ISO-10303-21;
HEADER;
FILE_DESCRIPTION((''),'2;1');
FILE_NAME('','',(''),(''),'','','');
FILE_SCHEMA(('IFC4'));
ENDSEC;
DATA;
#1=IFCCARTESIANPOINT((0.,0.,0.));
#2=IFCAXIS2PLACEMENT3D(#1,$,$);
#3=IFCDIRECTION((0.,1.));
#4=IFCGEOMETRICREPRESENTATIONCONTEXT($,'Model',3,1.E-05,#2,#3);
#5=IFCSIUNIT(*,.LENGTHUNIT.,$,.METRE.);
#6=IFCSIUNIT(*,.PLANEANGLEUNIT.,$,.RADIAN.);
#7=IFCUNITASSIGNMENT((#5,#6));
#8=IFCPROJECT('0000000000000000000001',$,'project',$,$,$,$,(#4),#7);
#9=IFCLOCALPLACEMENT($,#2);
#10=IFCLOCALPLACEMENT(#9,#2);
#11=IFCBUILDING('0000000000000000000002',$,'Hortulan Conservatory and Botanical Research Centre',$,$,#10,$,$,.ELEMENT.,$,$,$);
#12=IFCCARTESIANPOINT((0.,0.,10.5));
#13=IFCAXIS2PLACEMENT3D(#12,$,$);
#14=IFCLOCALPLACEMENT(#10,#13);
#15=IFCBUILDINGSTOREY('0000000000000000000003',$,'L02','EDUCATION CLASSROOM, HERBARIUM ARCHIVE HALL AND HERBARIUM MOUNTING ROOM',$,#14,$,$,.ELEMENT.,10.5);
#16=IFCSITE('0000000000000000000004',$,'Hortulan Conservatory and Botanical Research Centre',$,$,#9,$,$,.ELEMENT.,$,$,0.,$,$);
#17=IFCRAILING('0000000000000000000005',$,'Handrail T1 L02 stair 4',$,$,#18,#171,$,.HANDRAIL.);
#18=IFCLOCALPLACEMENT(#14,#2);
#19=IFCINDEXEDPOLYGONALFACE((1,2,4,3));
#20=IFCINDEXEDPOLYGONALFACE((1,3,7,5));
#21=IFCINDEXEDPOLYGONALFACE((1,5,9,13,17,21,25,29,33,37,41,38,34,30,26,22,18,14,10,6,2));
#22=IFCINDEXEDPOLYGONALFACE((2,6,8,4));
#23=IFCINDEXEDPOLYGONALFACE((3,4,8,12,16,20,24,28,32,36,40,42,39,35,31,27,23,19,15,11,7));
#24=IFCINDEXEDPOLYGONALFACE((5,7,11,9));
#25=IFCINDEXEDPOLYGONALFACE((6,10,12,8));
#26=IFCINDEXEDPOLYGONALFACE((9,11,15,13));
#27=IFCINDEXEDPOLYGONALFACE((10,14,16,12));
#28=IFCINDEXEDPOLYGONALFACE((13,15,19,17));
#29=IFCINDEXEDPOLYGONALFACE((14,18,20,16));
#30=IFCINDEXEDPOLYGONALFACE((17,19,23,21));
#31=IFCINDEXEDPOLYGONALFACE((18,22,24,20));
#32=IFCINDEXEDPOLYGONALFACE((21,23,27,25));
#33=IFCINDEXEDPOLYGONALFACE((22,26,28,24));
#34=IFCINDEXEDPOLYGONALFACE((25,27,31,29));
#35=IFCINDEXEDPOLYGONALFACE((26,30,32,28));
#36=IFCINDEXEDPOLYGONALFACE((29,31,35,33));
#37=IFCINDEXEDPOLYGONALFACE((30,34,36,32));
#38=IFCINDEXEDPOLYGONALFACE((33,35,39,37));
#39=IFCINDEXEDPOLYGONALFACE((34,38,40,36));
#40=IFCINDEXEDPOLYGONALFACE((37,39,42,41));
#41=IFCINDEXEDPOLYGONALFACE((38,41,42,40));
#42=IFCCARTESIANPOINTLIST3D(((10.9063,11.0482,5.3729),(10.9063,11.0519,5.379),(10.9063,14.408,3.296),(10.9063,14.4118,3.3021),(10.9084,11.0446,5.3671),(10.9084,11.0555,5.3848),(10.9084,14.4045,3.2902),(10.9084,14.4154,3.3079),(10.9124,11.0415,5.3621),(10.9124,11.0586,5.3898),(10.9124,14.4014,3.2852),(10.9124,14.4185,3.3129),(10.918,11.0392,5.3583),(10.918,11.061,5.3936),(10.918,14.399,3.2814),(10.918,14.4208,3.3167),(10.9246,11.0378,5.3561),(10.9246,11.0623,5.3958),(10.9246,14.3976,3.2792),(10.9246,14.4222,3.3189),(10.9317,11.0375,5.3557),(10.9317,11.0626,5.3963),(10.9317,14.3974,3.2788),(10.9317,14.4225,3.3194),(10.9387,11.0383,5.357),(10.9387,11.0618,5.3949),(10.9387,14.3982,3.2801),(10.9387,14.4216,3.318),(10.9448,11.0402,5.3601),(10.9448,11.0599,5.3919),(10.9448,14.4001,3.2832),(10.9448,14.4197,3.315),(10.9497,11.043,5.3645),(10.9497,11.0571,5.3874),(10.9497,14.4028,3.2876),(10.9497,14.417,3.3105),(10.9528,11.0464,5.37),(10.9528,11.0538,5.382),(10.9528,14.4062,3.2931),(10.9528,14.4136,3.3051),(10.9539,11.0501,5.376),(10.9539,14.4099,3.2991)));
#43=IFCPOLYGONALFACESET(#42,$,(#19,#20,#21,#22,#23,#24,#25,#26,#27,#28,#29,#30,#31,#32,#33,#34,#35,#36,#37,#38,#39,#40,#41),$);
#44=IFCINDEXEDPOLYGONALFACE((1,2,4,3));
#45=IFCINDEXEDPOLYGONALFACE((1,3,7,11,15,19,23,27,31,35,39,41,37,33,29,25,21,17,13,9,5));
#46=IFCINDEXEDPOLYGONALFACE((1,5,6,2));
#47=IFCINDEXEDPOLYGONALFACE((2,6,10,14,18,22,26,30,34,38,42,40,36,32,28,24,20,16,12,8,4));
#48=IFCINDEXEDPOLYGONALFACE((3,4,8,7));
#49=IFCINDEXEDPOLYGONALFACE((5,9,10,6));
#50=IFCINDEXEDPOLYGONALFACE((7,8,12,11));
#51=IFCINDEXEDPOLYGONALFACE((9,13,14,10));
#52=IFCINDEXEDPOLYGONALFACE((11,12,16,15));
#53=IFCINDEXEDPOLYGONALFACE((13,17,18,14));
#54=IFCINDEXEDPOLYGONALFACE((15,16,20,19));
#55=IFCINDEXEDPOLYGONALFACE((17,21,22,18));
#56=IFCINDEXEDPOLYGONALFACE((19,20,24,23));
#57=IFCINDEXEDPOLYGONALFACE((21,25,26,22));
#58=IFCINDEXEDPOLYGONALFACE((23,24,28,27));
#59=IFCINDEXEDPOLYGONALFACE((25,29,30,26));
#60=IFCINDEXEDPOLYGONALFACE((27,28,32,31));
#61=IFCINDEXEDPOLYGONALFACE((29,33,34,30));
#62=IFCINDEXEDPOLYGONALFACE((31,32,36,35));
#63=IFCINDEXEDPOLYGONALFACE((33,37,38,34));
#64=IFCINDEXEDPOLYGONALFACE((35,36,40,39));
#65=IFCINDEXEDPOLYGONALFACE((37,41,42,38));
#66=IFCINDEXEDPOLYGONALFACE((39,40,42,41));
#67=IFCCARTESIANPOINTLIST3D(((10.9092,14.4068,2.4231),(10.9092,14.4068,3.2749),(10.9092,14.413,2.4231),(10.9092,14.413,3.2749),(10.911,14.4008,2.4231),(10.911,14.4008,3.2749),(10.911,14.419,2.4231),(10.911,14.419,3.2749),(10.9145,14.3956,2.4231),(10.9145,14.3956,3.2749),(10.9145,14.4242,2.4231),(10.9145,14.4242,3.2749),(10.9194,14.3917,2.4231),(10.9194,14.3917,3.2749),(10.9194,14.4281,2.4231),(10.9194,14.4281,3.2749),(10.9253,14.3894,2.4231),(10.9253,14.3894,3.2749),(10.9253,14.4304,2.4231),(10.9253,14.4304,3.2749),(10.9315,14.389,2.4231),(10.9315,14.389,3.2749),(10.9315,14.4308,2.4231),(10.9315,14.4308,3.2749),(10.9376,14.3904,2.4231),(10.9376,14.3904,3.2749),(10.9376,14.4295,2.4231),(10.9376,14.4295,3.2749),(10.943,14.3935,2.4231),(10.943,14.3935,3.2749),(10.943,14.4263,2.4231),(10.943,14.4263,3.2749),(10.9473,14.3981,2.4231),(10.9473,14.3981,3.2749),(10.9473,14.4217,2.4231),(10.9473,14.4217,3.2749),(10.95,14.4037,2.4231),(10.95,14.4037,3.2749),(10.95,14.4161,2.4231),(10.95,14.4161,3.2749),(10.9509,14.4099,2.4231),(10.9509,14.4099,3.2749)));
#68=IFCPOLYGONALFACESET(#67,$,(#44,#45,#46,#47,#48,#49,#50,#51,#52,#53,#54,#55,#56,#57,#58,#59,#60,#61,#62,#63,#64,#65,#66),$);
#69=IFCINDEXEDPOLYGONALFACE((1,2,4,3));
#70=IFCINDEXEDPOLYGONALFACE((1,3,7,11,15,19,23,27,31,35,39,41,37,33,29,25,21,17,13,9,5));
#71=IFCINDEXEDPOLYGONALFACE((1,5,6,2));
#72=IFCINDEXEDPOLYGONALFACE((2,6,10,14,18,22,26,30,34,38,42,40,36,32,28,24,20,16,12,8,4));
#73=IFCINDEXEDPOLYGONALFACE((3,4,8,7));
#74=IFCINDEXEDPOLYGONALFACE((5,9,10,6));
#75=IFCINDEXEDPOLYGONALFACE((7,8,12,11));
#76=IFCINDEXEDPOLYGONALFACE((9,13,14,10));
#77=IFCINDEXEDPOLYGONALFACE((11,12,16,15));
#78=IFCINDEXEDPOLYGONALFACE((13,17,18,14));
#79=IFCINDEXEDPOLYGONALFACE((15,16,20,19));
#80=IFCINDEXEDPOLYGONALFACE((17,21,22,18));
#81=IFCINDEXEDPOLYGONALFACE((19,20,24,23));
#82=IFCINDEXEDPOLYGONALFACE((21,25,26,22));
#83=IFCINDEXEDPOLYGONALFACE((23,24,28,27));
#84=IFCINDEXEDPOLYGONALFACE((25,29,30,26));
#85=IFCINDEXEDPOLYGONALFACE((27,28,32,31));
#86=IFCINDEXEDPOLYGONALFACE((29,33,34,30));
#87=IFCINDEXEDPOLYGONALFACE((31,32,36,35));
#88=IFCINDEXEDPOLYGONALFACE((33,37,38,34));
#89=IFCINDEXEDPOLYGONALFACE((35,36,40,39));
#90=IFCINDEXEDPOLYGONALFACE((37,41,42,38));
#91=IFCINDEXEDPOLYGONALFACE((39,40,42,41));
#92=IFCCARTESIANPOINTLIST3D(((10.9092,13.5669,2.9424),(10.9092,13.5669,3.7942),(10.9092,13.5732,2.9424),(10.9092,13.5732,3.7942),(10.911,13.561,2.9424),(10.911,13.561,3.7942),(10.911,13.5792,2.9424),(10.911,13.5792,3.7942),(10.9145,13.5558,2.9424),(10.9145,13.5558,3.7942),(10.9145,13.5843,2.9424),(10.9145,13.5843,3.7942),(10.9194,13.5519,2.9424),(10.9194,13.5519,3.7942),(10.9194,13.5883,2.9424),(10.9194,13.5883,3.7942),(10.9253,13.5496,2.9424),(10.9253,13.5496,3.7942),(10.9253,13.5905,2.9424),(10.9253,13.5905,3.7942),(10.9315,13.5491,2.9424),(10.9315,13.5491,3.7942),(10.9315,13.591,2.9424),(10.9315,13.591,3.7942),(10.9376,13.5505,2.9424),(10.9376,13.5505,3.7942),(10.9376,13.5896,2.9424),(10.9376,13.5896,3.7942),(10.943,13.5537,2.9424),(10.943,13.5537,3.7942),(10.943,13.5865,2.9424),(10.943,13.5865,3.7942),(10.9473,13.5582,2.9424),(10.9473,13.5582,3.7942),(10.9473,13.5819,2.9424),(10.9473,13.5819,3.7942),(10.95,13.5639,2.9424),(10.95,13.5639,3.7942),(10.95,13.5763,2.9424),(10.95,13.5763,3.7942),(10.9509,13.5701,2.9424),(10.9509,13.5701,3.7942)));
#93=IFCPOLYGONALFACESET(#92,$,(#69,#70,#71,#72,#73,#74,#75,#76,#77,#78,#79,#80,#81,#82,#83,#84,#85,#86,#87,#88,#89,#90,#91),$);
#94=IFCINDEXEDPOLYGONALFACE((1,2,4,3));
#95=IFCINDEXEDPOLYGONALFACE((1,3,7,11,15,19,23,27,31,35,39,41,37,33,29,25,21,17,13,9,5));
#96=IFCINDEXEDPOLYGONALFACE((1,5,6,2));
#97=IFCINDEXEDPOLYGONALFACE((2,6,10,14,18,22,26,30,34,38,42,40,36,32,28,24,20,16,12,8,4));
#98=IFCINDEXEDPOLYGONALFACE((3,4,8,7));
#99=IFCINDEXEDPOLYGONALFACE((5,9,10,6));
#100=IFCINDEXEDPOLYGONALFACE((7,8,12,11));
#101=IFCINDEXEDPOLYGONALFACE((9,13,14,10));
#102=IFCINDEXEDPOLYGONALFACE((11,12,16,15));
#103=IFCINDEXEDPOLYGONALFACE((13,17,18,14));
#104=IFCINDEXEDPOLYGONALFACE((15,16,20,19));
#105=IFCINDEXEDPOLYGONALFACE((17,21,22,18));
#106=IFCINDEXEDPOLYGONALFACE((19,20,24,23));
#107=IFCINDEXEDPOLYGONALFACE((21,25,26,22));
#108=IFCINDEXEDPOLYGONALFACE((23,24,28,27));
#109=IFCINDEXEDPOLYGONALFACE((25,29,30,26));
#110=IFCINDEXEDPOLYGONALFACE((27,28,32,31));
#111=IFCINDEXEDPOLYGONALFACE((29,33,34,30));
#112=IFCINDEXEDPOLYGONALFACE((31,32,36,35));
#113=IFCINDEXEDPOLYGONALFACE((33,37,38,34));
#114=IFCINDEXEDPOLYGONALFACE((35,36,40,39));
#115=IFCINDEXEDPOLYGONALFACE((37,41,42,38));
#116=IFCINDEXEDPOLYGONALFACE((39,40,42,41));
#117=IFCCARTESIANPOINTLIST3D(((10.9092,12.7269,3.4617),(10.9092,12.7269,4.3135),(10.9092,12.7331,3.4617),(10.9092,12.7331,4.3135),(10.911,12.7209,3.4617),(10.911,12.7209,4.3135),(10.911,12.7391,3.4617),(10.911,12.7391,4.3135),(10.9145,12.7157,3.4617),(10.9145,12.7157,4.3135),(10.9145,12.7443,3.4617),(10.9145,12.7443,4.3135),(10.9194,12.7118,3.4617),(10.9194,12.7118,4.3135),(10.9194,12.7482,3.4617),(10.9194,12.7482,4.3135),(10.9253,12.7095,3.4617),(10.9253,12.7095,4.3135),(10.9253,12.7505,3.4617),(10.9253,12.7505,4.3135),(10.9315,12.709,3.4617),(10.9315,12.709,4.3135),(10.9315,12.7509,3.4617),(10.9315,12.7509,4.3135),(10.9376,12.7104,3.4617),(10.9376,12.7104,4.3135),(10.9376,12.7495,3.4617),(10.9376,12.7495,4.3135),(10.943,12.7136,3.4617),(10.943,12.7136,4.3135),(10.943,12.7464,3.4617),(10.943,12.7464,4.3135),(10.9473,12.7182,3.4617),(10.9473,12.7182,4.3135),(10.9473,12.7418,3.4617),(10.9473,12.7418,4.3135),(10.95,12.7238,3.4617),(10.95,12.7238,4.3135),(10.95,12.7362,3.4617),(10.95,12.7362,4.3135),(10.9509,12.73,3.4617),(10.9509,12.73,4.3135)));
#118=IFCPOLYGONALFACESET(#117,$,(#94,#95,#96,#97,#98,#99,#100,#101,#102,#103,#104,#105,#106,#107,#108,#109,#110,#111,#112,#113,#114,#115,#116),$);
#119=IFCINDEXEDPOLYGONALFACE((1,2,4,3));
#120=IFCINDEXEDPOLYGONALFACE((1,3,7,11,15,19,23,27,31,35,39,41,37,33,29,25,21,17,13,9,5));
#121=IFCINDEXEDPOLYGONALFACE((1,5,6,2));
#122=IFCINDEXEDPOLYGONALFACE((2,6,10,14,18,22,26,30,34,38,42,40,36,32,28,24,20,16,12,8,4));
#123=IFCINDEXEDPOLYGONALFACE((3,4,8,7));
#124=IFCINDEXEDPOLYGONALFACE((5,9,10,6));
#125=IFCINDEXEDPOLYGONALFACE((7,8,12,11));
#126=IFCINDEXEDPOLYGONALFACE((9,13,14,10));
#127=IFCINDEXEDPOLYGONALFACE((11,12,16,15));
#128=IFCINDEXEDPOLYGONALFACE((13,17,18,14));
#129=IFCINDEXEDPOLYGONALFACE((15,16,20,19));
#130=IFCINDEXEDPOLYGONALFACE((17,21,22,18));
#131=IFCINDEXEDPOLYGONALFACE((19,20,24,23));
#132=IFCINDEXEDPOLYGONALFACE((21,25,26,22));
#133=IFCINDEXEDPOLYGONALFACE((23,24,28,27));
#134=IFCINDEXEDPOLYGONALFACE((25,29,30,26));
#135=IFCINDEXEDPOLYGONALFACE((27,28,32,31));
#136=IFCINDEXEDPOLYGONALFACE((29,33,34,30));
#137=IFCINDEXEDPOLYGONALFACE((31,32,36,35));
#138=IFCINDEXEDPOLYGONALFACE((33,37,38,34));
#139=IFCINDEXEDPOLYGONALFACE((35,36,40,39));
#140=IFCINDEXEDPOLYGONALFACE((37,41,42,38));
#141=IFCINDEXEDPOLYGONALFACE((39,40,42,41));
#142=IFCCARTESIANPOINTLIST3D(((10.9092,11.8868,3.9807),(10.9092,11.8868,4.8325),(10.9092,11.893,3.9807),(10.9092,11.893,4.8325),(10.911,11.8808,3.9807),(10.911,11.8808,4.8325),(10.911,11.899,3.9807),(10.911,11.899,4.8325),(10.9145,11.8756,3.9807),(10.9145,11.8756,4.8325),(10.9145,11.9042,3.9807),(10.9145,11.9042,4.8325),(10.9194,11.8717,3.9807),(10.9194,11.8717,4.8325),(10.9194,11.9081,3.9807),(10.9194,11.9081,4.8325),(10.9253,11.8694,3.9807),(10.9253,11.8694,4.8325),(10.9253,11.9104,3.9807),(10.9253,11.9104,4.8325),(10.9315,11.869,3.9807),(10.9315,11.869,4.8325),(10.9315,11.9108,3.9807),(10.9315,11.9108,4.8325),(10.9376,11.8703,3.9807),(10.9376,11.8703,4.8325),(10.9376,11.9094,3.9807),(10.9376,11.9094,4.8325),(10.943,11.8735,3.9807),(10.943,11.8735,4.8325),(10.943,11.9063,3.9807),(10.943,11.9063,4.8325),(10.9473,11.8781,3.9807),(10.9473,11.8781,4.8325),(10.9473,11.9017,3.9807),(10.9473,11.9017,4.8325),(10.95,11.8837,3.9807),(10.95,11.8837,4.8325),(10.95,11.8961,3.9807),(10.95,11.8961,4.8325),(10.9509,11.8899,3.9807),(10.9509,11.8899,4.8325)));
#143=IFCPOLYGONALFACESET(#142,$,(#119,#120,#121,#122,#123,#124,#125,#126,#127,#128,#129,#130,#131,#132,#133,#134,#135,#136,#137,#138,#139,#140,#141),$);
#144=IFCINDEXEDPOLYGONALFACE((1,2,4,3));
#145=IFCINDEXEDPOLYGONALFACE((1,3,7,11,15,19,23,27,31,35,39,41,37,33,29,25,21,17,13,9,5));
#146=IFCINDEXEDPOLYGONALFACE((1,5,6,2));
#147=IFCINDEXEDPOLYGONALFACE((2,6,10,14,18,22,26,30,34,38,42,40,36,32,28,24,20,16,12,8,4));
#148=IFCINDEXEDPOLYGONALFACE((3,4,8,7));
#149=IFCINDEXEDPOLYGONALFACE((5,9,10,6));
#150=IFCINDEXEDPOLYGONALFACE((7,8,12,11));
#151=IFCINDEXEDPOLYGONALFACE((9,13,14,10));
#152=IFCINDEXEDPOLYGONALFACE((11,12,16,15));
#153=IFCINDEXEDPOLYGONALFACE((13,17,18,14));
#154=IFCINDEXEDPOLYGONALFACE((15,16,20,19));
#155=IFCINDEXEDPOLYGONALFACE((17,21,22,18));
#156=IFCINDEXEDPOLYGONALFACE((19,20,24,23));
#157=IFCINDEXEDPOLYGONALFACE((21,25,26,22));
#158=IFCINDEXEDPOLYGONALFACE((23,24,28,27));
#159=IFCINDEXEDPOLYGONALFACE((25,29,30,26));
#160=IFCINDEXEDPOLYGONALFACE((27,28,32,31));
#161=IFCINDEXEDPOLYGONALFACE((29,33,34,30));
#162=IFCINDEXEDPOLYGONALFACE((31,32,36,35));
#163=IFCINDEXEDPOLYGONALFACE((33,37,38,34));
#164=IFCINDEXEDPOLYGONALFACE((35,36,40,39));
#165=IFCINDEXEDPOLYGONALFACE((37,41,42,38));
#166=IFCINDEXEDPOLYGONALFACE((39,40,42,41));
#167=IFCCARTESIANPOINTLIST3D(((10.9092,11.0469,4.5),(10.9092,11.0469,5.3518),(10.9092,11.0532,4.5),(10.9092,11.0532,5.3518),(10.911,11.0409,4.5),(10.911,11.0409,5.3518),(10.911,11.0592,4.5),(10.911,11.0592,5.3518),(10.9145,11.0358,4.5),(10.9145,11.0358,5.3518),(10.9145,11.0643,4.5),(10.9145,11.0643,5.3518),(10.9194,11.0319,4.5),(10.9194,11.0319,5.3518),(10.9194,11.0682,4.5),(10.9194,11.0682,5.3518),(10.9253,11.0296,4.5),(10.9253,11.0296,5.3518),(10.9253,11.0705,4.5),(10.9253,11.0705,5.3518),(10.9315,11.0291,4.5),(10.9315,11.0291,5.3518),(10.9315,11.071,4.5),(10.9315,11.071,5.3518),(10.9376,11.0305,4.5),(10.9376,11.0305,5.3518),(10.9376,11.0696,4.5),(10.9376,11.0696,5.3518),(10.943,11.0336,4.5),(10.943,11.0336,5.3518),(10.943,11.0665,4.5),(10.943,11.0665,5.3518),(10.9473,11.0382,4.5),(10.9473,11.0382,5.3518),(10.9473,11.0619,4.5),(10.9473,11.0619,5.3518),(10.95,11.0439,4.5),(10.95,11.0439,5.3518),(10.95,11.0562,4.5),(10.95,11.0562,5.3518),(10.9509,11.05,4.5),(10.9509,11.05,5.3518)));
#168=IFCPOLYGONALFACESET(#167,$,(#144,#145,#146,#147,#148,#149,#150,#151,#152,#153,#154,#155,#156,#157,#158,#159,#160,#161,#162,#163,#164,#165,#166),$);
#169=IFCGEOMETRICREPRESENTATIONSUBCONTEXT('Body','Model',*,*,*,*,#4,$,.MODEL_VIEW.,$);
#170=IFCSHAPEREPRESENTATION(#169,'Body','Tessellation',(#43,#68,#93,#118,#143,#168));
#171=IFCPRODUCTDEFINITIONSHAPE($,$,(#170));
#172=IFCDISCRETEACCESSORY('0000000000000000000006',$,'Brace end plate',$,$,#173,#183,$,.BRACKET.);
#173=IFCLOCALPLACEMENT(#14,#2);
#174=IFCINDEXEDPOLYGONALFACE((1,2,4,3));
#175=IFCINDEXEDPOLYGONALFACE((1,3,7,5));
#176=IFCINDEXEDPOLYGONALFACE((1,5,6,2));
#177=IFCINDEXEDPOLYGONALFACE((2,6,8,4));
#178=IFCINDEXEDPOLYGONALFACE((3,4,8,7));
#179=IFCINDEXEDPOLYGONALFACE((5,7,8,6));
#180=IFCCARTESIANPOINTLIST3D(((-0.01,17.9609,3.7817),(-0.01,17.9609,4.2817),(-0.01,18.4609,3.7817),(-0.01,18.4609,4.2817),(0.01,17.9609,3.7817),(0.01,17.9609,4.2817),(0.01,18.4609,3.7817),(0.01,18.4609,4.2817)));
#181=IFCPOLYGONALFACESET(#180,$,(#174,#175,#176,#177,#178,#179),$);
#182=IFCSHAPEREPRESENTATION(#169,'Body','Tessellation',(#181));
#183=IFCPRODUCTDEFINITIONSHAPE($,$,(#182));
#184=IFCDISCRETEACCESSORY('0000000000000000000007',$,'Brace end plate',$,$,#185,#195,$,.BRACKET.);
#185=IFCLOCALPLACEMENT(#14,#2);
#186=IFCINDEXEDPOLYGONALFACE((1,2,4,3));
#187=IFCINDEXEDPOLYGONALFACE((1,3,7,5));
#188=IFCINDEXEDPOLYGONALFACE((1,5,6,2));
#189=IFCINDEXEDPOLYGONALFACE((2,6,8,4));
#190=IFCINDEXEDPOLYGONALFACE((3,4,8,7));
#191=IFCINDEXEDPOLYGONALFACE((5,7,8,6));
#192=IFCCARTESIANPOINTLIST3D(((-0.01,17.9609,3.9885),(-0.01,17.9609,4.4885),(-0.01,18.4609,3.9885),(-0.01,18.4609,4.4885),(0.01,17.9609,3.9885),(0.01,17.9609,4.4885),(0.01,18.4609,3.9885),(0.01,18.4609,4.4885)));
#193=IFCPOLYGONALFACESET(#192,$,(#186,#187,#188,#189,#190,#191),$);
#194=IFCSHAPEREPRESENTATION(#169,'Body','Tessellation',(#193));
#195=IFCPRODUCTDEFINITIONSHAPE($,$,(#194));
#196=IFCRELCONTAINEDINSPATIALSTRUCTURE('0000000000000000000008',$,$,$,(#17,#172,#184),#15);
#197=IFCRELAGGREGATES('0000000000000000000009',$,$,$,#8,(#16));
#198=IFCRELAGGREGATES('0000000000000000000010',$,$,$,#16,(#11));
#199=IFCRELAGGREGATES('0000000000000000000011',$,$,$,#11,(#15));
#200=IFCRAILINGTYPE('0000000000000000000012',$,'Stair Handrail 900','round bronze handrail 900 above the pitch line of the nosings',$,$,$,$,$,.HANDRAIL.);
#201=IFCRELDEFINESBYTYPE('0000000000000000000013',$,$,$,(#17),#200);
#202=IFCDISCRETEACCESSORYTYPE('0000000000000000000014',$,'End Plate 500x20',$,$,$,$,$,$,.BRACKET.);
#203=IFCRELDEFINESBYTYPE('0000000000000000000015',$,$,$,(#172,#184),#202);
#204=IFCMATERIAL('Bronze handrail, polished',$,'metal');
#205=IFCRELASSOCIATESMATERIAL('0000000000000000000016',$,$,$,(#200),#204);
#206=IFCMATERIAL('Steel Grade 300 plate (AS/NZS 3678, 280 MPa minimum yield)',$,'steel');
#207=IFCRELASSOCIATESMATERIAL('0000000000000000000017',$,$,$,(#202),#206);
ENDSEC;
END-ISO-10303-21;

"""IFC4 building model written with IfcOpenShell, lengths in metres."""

from ifc_helpers import new_model, si_unit, direction, frame, origin, origin_2d, place, context, subcontext, project, spatial, rectangle, circle, extrude, material, type_object, element, save


model = new_model("IFC4")

# Units and contexts
model_context = context("Model", 3, precision=1e-05, world=origin(), true_north=direction((0.0, 1.0)))
body_context = subcontext(model_context, "Body", "Model", "MODEL_VIEW")
ifc_project = project(units=[si_unit("LENGTHUNIT", "METRE"), si_unit("PLANEANGLEUNIT", "RADIAN")], contexts=[model_context])

# Site, building, storey
site_placement = place(None, origin())
site = spatial("IfcSite", under=ifc_project, at=site_placement, Name="Hortulan Conservatory and Botanical Research Centre", CompositionType="ELEMENT", RefElevation=0.0)
building_placement = place(site_placement, origin())
building = spatial("IfcBuilding", under=site, at=building_placement, Name="Hortulan Conservatory and Botanical Research Centre", CompositionType="ELEMENT")
storey_placement = place(building_placement, frame((0.0, 0.0, 10.5)))
storey = spatial("IfcBuildingStorey", under=building, at=storey_placement, Name="L02", Description="EDUCATION CLASSROOM, HERBARIUM ARCHIVE HALL AND HERBARIUM MOUNTING ROOM", CompositionType="ELEMENT", Elevation=10.5)

# Railing
ifc_material_1 = material(Name="Bronze handrail, polished", Category="metal")
railing_type_1 = type_object("IfcRailingType", Name="Stair Handrail 900", Description="round bronze handrail 900 above the pitch line of the nosings", PredefinedType="HANDRAIL", material=ifc_material_1)
for number, where, name in (
    (1, (10.9299, 14.4099, 2.4231), "Handrail T1 L02 stair 4"),
):
    element("IfcRailing", number, at=place(storey_placement, frame(where)), inside=storey, type_object=railing_type_1, Name=name, PredefinedType="HANDRAIL", context=body_context, shape_type="SweptSolid", body=[
        extrude(circle(Radius=0.0239, at=origin_2d()), frame((0.0, 0.0, 0.876), z_axis=(0.0, -0.850606, 0.525803), x_axis=(1.0, 0.0, 0.0)), (0.0, 0.0, 1.0), 3.95),
        extrude(circle(Radius=0.021, at=origin_2d()), origin(), (0.0, 0.0, 1.0), 0.8518),
        extrude(circle(Radius=0.021, at=origin_2d()), frame((0.0, -0.8398, 0.5193)), (0.0, 0.0, 1.0), 0.8518),
        extrude(circle(Radius=0.021, at=origin_2d()), frame((0.0, -1.6799, 1.0386)), (0.0, 0.0, 1.0), 0.8518),
        extrude(circle(Radius=0.021, at=origin_2d()), frame((0.0, -2.52, 1.5576)), (0.0, 0.0, 1.0), 0.8518),
        extrude(circle(Radius=0.021, at=origin_2d()), frame((0.0, -3.3599, 2.0769)), (0.0, 0.0, 1.0), 0.8518),
    ])

# Discrete accessories
ifc_material_2 = material(Name="Steel Grade 300 plate (AS/NZS 3678, 280 MPa minimum yield)", Category="steel")
discrete_accessory_type = type_object("IfcDiscreteAccessoryType", Name="End Plate 500x20", PredefinedType="BRACKET", material=ifc_material_2)
for number, where, z_axis, x_axis, name in (
    (2, (0.0, 18.2109, 3.7817), (0.0, 0.0, 1.0), (0.0, -1.0, 0.0), "Brace end plate"),
    (3, (0.0, 18.2109, 3.9885), (0.0, 0.0, 1.0), (0.0, -1.0, 0.0), "Brace end plate"),
):
    element("IfcDiscreteAccessory", number, at=place(storey_placement, frame(where, z_axis=z_axis, x_axis=x_axis)), inside=storey, type_object=discrete_accessory_type, Name=name, PredefinedType="BRACKET", context=body_context, shape_type="SweptSolid", body=[
        extrude(rectangle(XDim=0.5, YDim=0.02, at=origin_2d()), origin(), (0.0, 0.0, 1.0), 0.5),
    ])

save(model, "model.ifc")
